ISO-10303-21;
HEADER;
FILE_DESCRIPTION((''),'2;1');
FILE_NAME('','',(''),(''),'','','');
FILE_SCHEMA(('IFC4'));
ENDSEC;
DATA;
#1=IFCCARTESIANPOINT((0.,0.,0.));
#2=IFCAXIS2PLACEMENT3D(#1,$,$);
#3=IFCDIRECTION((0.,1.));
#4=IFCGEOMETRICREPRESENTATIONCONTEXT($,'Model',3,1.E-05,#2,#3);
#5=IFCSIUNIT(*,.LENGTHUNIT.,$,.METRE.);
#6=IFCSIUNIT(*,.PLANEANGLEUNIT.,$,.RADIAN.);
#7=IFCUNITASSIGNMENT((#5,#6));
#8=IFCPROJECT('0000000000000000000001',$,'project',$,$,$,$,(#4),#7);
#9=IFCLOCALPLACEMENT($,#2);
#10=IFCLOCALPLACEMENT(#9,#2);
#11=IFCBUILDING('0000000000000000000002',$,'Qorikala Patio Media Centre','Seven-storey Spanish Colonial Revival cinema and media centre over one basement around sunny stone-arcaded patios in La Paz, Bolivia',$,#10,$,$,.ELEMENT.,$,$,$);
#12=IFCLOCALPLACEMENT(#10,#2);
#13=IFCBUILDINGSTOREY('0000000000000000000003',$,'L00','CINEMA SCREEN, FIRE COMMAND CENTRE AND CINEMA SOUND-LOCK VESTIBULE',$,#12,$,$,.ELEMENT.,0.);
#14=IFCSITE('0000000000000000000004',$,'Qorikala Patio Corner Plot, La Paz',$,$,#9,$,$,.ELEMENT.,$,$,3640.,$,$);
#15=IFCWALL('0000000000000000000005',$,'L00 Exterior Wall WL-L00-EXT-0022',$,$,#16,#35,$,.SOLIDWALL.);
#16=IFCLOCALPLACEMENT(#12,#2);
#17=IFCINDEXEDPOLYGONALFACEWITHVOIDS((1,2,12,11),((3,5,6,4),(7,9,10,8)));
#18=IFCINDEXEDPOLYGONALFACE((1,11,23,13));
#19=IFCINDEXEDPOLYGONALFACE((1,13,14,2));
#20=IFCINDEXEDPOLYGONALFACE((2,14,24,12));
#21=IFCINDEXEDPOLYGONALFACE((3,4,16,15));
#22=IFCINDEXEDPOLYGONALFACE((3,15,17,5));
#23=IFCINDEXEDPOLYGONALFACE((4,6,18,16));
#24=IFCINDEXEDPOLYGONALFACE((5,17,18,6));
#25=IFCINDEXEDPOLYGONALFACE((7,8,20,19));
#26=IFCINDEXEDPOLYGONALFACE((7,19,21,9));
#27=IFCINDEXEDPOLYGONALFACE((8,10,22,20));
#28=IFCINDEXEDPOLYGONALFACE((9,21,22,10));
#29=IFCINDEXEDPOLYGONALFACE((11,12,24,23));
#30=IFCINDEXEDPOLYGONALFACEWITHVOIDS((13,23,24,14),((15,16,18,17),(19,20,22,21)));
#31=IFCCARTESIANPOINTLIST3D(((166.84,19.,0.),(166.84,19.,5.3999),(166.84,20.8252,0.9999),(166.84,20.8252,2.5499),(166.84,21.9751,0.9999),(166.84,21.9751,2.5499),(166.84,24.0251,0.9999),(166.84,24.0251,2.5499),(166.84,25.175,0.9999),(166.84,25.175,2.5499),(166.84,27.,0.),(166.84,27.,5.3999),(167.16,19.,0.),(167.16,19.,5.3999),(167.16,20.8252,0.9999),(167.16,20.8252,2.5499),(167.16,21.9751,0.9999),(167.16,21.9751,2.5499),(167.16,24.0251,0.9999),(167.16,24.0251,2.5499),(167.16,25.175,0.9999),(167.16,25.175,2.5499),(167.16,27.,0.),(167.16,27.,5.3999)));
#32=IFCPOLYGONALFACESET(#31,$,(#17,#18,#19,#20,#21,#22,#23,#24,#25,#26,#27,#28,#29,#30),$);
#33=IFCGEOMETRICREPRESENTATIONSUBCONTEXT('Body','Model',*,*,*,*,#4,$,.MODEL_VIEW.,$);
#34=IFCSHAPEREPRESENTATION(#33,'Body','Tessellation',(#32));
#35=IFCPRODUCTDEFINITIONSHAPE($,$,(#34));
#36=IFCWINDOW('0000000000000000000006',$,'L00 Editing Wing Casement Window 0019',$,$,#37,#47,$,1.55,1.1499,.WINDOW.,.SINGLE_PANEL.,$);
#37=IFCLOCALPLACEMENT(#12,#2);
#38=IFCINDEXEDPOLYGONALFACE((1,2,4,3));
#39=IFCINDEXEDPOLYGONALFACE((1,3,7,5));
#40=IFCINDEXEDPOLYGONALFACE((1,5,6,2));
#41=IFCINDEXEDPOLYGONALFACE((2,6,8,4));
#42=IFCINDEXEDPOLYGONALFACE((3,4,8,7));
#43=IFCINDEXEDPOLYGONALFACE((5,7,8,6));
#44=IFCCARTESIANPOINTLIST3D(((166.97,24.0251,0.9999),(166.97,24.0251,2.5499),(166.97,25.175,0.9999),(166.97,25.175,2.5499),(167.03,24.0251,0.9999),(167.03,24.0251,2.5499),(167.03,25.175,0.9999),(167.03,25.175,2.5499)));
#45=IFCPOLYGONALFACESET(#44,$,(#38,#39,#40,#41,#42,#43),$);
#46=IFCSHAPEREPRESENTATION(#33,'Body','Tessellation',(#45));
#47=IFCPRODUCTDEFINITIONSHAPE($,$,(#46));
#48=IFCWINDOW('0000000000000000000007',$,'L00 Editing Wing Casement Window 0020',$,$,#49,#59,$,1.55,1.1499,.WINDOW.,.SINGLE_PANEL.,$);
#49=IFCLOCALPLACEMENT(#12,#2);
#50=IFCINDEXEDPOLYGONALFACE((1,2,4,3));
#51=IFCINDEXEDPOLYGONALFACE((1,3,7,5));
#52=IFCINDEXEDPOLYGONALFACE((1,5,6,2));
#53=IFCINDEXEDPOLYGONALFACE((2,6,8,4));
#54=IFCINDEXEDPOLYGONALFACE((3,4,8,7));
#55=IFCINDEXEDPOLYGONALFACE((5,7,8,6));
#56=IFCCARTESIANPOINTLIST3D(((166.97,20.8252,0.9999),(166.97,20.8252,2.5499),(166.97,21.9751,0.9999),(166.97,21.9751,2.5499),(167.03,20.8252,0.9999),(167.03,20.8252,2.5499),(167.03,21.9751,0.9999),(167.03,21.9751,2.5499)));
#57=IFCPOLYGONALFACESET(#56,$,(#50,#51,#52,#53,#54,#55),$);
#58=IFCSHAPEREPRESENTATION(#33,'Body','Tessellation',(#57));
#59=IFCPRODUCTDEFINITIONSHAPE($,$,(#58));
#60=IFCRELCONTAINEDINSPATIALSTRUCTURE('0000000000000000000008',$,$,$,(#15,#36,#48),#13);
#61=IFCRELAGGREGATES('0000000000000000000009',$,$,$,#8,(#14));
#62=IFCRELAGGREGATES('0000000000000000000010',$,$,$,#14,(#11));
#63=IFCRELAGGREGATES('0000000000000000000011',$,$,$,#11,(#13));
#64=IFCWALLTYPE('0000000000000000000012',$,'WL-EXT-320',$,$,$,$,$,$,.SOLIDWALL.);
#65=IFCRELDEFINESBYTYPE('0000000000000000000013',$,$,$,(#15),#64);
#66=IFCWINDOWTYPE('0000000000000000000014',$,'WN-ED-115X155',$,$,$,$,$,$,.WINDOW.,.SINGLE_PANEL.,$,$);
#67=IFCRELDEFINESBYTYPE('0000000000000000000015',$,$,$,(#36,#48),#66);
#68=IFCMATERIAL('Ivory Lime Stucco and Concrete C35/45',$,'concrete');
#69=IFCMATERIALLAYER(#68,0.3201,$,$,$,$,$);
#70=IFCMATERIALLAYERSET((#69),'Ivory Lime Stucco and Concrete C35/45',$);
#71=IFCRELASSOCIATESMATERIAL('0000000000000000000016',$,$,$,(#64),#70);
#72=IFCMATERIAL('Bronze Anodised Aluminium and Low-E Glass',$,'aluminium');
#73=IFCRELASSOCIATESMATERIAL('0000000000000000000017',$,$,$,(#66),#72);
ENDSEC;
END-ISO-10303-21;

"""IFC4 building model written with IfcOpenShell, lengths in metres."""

from ifc_helpers import new_model, si_unit, direction, frame, frame_2d, origin, place, context, subcontext, project, spatial, rectangle, extrude, material, layer, layer_set, type_object, element, fill, save


model = new_model("IFC4")

# Units and contexts
model_context = context("Model", 3, precision=1e-05, world=origin(), true_north=direction((0.0, 1.0)))
body_context = subcontext(model_context, "Body", "Model", "MODEL_VIEW")
ifc_project = project(units=[si_unit("LENGTHUNIT", "METRE"), si_unit("PLANEANGLEUNIT", "RADIAN")], contexts=[model_context])

# Site, building, storey
site_placement = place(None, origin())
site = spatial("IfcSite", under=ifc_project, at=site_placement, Name="Qorikala Patio Corner Plot, La Paz", CompositionType="ELEMENT", RefElevation=3640.0)
building_placement = place(site_placement, origin())
building = spatial("IfcBuilding", under=site, at=building_placement, Name="Qorikala Patio Media Centre", Description="Seven-storey Spanish Colonial Revival cinema and media centre over one basement around sunny stone-arcaded patios in La Paz, Bolivia", CompositionType="ELEMENT")
storey_placement = place(building_placement, origin())
storey = spatial("IfcBuildingStorey", under=building, at=storey_placement, Name="L00", Description="CINEMA SCREEN, FIRE COMMAND CENTRE AND CINEMA SOUND-LOCK VESTIBULE", CompositionType="ELEMENT", Elevation=0.0)

# Shared definitions
ifc_material_1 = material(Name="Ivory Lime Stucco and Concrete C35/45", Category="concrete")
ifc_layer = layer(ifc_material_1, 0.3201)
ifc_layer_set = layer_set([ifc_layer], Name="Ivory Lime Stucco and Concrete C35/45")
wall_type = type_object("IfcWallType", Name="WL-EXT-320", PredefinedType="SOLIDWALL", material=ifc_layer_set)
ifc_material_2 = material(Name="Bronze Anodised Aluminium and Low-E Glass", Category="aluminium")

# Wall, openings, windows
wall_1_placement = place(storey_placement, frame((167.0, 27.0, 0.0), z_axis=(0.0, 0.0, 1.0), x_axis=(0.0, -1.0, 0.0)))
wall_1 = element("IfcWall", 1, at=wall_1_placement, inside=storey, type_object=wall_type, Name="L00 Exterior Wall WL-L00-EXT-0022", PredefinedType="SOLIDWALL", context=body_context, shape_type="SweptSolid", body=[
    extrude(rectangle(XDim=8.0, YDim=0.3201, at=frame_2d((4.0, 0.0))), origin(), (0.0, 0.0, 1.0), 5.3999),
])
opening_1_placement = place(wall_1_placement, frame((1.825, 0.0, 1.0)))
opening_1 = element("IfcOpeningElement", 2, at=opening_1_placement, cuts=wall_1, PredefinedType="OPENING", context=body_context, shape_type="SweptSolid", body=[
    extrude(rectangle(XDim=1.1499, YDim=1.55, at=frame_2d((0.575, 0.7749))), frame((0.0, 0.1699, 0.0), z_axis=(0.0, -1.0, 0.0), x_axis=(1.0, 0.0, 0.0)), (0.0, 0.0, 1.0), 0.3401),
])
opening_2_placement = place(wall_1_placement, frame((5.0249, 0.0, 1.0)))
opening_2 = element("IfcOpeningElement", 3, at=opening_2_placement, cuts=wall_1, PredefinedType="OPENING", context=body_context, shape_type="SweptSolid", body=[
    extrude(rectangle(XDim=1.1499, YDim=1.55, at=frame_2d((0.575, 0.7749))), frame((0.0, 0.1699, 0.0), z_axis=(0.0, -1.0, 0.0), x_axis=(1.0, 0.0, 0.0)), (0.0, 0.0, 1.0), 0.3401),
])
window_type_1 = type_object("IfcWindowType", Name="WN-ED-115X155", PartitioningType="SINGLE_PANEL", PredefinedType="WINDOW", material=ifc_material_2)
window_1_placement = place(opening_1_placement, origin())
window_1 = element("IfcWindow", 4, at=window_1_placement, inside=storey, type_object=window_type_1, Name="L00 Editing Wing Casement Window 0019", OverallHeight=1.55, OverallWidth=1.1499, PartitioningType="SINGLE_PANEL", PredefinedType="WINDOW", context=body_context, shape_type="SweptSolid", body=[
    extrude(rectangle(XDim=1.1499, YDim=1.55, at=frame_2d((0.575, 0.7749))), frame((0.0, 0.03, 0.0), z_axis=(0.0, -1.0, 0.0), x_axis=(1.0, 0.0, 0.0)), (0.0, 0.0, 1.0), 0.0601),
])
fill(opening_1, window_1)
window_2_placement = place(opening_2_placement, origin())
window_2 = element("IfcWindow", 5, at=window_2_placement, inside=storey, type_object=window_type_1, Name="L00 Editing Wing Casement Window 0020", OverallHeight=1.55, OverallWidth=1.1499, PartitioningType="SINGLE_PANEL", PredefinedType="WINDOW", context=body_context, shape_type="SweptSolid", body=[
    extrude(rectangle(XDim=1.1499, YDim=1.55, at=frame_2d((0.575, 0.7749))), frame((0.0, 0.03, 0.0), z_axis=(0.0, -1.0, 0.0), x_axis=(1.0, 0.0, 0.0)), (0.0, 0.0, 1.0), 0.0601),
])
fill(opening_2, window_2)

save(model, "model.ifc")
